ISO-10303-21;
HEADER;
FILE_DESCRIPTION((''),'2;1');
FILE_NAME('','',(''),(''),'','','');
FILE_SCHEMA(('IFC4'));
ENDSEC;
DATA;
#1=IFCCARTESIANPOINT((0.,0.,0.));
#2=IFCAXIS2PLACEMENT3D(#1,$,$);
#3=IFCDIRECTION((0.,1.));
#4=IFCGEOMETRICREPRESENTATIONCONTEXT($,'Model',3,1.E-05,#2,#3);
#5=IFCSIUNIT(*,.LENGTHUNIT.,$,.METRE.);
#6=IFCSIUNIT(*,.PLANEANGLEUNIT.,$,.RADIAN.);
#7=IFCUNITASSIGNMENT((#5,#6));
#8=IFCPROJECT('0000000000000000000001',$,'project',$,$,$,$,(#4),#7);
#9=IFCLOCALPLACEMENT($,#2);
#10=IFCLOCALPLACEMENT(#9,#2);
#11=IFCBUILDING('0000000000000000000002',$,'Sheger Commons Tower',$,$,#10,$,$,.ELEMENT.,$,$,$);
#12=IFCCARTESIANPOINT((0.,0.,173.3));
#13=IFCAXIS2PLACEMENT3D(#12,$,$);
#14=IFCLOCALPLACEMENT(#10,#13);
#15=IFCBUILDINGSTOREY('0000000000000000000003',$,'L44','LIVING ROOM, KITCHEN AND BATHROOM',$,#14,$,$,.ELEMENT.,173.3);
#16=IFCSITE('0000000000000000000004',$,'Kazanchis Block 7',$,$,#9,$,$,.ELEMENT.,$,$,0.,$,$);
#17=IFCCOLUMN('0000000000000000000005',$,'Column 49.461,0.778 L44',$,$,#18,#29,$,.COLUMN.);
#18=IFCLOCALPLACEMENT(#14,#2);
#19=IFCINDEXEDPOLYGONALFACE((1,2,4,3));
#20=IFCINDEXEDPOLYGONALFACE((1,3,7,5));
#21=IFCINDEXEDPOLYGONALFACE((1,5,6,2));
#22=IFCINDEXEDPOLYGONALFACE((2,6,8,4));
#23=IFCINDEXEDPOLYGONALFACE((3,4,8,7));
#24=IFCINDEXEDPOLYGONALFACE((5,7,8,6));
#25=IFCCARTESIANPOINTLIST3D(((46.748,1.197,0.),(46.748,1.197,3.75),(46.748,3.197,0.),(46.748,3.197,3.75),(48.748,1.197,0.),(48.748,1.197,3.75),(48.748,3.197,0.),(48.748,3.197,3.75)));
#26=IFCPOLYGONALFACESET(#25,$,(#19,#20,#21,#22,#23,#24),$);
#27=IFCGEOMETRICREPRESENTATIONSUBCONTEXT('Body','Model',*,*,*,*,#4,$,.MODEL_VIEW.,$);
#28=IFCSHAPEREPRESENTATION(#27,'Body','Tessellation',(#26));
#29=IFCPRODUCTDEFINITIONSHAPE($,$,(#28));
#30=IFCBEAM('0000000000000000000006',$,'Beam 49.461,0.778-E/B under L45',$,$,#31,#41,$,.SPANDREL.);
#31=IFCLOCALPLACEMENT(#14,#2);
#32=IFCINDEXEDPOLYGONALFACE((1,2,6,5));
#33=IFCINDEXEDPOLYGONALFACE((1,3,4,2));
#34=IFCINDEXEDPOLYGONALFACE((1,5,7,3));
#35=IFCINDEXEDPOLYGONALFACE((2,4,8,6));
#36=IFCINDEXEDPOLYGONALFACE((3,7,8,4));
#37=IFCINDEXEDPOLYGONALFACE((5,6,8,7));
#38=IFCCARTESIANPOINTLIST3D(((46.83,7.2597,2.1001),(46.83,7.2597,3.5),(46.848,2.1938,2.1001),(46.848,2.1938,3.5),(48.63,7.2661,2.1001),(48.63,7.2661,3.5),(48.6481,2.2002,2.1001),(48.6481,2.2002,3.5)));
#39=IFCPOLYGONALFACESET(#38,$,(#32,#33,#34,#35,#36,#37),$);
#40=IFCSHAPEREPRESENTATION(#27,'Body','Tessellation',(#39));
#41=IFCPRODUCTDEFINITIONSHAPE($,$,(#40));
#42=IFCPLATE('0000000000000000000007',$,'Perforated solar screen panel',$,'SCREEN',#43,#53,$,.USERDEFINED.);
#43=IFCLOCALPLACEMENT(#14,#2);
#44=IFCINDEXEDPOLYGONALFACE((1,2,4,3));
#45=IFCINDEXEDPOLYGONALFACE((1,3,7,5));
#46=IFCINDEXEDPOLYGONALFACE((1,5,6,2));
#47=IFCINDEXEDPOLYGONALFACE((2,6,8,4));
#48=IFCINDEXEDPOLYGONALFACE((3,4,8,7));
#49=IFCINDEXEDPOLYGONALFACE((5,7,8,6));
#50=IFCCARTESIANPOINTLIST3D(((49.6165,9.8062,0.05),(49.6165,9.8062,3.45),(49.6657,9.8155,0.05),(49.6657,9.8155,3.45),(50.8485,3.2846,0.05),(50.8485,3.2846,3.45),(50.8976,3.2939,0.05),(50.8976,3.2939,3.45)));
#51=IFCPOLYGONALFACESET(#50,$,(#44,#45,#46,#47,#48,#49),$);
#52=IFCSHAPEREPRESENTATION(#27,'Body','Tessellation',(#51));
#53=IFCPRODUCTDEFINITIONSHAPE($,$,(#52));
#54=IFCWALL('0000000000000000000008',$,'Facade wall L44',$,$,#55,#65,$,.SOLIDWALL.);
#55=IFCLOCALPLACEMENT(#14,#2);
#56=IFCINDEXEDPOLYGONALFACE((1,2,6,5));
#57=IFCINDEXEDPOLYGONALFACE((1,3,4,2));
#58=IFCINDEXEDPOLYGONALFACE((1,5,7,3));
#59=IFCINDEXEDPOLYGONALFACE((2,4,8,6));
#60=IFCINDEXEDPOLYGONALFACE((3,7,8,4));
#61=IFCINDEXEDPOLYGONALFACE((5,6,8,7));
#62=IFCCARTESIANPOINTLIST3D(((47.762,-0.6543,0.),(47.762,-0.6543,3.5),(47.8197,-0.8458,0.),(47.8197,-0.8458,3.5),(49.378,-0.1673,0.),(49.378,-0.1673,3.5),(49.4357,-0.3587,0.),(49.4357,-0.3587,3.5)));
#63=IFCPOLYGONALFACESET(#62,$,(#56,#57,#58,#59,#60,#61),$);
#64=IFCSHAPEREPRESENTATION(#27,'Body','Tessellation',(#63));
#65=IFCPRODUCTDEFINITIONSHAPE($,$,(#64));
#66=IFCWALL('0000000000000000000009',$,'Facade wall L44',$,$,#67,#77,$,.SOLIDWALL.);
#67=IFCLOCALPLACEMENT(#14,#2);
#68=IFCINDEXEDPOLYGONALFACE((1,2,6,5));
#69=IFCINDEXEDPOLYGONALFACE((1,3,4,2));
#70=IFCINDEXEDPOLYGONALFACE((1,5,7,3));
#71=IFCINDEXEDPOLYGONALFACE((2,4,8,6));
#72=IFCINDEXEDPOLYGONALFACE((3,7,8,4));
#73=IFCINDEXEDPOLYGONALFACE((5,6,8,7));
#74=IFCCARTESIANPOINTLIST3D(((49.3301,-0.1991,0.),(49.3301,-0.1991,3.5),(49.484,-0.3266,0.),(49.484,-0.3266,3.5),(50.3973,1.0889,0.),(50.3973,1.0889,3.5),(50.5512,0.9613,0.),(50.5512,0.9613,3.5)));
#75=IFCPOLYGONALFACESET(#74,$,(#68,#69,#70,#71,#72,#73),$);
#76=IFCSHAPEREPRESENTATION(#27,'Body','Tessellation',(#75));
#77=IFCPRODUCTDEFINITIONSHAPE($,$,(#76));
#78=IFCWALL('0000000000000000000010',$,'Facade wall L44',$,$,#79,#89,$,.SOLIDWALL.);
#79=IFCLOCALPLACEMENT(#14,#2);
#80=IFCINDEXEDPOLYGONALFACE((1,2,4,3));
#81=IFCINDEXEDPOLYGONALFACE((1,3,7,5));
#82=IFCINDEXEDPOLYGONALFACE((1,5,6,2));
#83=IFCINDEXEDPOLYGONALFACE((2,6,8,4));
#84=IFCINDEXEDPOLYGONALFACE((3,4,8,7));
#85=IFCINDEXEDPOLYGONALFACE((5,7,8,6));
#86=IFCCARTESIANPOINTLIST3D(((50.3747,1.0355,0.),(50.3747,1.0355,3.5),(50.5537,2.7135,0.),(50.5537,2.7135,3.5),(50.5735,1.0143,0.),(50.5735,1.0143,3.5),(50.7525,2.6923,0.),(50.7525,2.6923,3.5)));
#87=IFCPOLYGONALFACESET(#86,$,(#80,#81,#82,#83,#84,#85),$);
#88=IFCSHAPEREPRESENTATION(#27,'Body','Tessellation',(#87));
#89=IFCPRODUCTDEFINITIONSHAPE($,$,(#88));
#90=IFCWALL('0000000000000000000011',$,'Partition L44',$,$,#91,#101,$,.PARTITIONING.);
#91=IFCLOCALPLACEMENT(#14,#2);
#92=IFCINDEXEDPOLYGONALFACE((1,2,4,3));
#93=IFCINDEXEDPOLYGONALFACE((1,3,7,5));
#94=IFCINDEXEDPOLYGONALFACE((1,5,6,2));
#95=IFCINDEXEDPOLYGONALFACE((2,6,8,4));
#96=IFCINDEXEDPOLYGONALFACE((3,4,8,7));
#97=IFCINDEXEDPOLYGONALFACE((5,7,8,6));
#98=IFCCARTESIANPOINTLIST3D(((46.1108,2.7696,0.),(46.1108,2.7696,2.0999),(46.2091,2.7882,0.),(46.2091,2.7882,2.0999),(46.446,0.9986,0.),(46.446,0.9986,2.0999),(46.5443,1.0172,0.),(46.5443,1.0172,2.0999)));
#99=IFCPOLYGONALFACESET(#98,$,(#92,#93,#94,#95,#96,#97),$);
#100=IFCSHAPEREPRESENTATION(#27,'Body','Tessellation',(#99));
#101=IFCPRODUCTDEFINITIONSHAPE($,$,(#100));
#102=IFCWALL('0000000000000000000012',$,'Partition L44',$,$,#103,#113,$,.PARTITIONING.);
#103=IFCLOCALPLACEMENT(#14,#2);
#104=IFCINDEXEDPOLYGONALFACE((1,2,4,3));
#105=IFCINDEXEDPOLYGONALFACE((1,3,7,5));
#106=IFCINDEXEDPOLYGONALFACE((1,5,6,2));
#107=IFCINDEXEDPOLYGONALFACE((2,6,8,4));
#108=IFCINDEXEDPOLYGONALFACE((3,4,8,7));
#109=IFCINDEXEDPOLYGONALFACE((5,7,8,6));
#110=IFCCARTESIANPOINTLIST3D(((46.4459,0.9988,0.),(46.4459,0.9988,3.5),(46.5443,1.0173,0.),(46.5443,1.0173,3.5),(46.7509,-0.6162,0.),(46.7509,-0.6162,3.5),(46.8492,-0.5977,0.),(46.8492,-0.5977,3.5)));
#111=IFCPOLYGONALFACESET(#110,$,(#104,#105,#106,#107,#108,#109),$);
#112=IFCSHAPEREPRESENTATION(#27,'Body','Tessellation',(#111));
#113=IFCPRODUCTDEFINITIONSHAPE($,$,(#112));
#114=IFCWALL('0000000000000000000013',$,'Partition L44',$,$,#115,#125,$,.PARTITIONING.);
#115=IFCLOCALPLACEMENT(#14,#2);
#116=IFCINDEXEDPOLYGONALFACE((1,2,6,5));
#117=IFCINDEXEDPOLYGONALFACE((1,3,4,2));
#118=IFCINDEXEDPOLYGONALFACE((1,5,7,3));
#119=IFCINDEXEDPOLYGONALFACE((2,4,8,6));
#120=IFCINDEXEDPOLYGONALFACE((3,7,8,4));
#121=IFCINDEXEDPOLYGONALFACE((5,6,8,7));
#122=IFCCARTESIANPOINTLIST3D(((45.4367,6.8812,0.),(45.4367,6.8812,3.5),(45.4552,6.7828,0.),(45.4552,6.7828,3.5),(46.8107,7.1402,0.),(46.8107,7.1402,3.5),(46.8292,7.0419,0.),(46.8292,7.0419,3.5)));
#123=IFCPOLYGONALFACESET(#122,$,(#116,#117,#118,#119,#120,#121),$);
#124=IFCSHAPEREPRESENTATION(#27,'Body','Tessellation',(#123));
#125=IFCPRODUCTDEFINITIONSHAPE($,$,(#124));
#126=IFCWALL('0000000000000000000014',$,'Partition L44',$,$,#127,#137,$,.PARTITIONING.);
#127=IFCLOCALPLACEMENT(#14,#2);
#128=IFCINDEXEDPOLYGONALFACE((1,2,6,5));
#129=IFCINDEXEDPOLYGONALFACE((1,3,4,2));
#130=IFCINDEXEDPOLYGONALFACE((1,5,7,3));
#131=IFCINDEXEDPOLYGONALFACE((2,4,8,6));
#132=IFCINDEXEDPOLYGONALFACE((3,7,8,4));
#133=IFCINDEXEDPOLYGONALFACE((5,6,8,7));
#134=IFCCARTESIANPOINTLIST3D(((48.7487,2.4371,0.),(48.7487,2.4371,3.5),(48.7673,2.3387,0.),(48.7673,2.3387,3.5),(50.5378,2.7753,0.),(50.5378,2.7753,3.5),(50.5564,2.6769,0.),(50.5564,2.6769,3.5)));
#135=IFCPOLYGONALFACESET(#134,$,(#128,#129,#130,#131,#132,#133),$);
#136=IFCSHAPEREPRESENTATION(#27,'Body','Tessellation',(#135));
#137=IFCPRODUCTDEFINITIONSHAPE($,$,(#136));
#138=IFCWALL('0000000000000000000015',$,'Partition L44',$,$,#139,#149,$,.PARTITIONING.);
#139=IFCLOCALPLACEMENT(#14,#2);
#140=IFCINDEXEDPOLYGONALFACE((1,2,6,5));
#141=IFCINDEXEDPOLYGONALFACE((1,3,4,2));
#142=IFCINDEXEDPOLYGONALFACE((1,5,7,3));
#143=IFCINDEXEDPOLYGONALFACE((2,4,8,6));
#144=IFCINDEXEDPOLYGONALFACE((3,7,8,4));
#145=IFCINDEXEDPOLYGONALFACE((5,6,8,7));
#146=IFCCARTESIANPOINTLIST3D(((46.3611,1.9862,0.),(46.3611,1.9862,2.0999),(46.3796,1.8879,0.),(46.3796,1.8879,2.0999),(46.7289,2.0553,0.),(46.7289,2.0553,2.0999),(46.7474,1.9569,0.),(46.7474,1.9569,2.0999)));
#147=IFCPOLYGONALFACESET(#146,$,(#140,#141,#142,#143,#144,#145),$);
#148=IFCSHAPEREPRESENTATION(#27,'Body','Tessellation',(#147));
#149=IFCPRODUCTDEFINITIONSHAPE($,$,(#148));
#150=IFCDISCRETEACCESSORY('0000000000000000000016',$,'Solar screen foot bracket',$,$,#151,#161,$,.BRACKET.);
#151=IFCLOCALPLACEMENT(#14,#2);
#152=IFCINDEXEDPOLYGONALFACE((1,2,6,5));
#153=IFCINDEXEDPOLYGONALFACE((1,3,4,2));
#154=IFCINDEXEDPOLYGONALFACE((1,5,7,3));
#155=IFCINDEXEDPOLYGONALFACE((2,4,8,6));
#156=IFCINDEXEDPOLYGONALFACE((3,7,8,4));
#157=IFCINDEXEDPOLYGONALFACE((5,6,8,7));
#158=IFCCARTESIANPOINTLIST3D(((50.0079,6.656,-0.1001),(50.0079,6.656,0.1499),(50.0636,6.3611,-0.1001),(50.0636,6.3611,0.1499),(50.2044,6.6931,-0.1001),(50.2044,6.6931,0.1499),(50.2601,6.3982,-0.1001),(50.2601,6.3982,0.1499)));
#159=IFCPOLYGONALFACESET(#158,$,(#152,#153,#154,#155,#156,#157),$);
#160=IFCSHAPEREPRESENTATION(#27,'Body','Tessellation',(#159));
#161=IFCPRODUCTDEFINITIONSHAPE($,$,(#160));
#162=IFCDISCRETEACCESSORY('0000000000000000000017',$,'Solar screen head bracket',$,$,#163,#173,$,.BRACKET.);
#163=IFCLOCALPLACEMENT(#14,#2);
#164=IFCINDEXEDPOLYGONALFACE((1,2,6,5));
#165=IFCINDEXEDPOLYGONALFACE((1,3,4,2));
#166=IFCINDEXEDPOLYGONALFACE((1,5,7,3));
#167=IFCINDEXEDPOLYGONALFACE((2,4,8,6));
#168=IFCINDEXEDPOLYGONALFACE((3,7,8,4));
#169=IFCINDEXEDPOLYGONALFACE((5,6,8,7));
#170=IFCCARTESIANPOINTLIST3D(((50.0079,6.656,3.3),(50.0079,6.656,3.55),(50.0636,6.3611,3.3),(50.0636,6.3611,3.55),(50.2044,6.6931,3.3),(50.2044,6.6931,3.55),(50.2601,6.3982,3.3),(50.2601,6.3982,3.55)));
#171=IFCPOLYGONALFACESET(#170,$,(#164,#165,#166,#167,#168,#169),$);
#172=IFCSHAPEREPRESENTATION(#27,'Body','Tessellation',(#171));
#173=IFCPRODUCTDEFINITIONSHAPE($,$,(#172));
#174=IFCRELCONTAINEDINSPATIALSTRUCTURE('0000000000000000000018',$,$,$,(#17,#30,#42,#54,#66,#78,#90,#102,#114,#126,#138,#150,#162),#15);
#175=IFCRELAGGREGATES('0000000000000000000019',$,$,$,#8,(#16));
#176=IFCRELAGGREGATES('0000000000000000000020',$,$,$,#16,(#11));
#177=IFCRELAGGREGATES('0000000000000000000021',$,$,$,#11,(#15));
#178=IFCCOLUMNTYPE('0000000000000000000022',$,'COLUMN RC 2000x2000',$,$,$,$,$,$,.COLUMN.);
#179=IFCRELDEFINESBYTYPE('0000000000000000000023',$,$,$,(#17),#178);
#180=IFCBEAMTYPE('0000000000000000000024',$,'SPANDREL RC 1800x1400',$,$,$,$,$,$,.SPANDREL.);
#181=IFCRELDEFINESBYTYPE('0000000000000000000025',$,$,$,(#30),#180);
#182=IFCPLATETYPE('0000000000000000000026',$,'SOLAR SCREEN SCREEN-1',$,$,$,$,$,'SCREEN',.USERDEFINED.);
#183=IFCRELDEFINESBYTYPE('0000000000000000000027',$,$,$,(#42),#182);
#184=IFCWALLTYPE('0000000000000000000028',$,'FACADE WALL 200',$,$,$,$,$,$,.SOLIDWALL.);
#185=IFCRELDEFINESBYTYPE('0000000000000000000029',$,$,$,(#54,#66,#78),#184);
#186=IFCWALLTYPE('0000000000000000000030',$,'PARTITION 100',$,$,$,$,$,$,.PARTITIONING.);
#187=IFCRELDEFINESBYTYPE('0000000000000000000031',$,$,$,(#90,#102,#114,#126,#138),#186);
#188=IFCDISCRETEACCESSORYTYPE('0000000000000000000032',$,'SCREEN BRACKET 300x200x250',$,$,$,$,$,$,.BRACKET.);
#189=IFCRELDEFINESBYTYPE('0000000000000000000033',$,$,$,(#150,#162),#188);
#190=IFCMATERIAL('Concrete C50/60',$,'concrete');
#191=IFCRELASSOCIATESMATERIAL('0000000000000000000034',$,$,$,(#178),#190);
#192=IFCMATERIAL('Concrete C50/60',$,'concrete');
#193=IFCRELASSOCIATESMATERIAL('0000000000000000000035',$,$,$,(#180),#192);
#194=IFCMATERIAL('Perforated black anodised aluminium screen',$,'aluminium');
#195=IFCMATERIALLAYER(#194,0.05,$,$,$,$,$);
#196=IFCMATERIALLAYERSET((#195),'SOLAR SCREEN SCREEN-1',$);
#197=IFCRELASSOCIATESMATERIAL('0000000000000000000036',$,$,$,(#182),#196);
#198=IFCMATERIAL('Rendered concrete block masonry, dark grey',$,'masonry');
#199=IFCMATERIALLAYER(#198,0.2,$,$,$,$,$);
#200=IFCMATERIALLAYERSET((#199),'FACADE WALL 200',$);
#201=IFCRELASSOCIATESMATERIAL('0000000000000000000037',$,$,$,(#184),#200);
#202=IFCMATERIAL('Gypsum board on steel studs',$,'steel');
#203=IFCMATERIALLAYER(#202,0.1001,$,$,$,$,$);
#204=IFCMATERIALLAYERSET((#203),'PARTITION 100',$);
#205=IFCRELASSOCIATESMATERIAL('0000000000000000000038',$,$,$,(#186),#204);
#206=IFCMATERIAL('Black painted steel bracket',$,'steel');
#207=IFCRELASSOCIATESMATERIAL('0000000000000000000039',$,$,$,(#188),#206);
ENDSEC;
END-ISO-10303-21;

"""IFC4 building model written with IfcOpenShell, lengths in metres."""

from ifc_helpers import new_model, si_unit, direction, frame, frame_2d, origin, origin_2d, place, context, subcontext, project, spatial, rectangle, extrude, material, layer, layer_set, material_profile, profile_set, type_object, element, save


model = new_model("IFC4")

# Units and contexts
model_context = context("Model", 3, precision=1e-05, world=origin(), true_north=direction((0.0, 1.0)))
body_context = subcontext(model_context, "Body", "Model", "MODEL_VIEW")
ifc_project = project(units=[si_unit("LENGTHUNIT", "METRE"), si_unit("PLANEANGLEUNIT", "RADIAN")], contexts=[model_context])

# Site, building, storey
site_placement = place(None, origin())
site = spatial("IfcSite", under=ifc_project, at=site_placement, Name="Kazanchis Block 7", CompositionType="ELEMENT", RefElevation=0.0)
building_placement = place(site_placement, origin())
building = spatial("IfcBuilding", under=site, at=building_placement, Name="Sheger Commons Tower", CompositionType="ELEMENT")
storey_placement = place(building_placement, frame((0.0, 0.0, 173.3)))
storey = spatial("IfcBuildingStorey", under=building, at=storey_placement, Name="L44", Description="LIVING ROOM, KITCHEN AND BATHROOM", CompositionType="ELEMENT", Elevation=173.3)

# Column
ifc_material_1 = material(Name="Concrete C50/60", Category="concrete")
ifc_material_profile_1 = material_profile(ifc_material_1, rectangle(XDim=2.0, YDim=2.0, at=origin_2d()), Name="RC 2000x2000")
ifc_profile_set_1 = profile_set([ifc_material_profile_1], Name="Concrete C50/60")
column_type = type_object("IfcColumnType", Name="COLUMN RC 2000x2000", PredefinedType="COLUMN", material=ifc_profile_set_1)
column_placement = place(storey_placement, frame((47.748, 2.197, 0.0), z_axis=(0.0, 0.0, 1.0), x_axis=(1.0, 0.0, 0.0)))
element("IfcColumn", 1, at=column_placement, inside=storey, type_object=column_type, Name="Column 49.461,0.778 L44", PredefinedType="COLUMN", context=body_context, shape_type="SweptSolid", body=[
    extrude(rectangle(XDim=2.0, YDim=2.0, at=origin_2d()), origin(), (0.0, 0.0, 1.0), 3.75),
])

# Beam
ifc_material_2 = material(Name="Concrete C50/60", Category="concrete")
ifc_material_profile_2 = material_profile(ifc_material_2, rectangle(XDim=1.8, YDim=1.3999, at=origin_2d()), Name="RC 1800x1400")
ifc_profile_set_2 = profile_set([ifc_material_profile_2], Name="Concrete C50/60")
beam_type = type_object("IfcBeamType", Name="SPANDREL RC 1800x1400", PredefinedType="SPANDREL", material=ifc_profile_set_2)
beam_placement = place(storey_placement, frame((47.748, 2.197, 2.8), z_axis=(-0.003566, 0.999994, 0.0), x_axis=(-0.999994, -0.003566, 0.0)))
element("IfcBeam", 2, at=beam_placement, inside=storey, type_object=beam_type, Name="Beam 49.461,0.778-E/B under L45", PredefinedType="SPANDREL", context=body_context, shape_type="SweptSolid", body=[
    extrude(rectangle(XDim=1.8, YDim=1.3999, at=origin_2d()), origin(), (0.0, 0.0, 1.0), 5.0659),
])

# Plate
ifc_material_3 = material(Name="Perforated black anodised aluminium screen", Category="aluminium")
ifc_layer_1 = layer(ifc_material_3, 0.05)
ifc_layer_set_1 = layer_set([ifc_layer_1], Name="SOLAR SCREEN SCREEN-1")
plate_type = type_object("IfcPlateType", Name="SOLAR SCREEN SCREEN-1", ElementType="SCREEN", PredefinedType="USERDEFINED", material=ifc_layer_set_1)
plate_placement = place(storey_placement, frame((50.2571, 6.55, 0.05), z_axis=(0.0, 0.0, 1.0), x_axis=(-0.185615, 0.982623, 0.0)))
element("IfcPlate", 3, at=plate_placement, inside=storey, type_object=plate_type, Name="Perforated solar screen panel", ObjectType="SCREEN", PredefinedType="USERDEFINED", context=body_context, shape_type="SweptSolid", body=[
    extrude(rectangle(XDim=6.637, YDim=0.05, at=origin_2d()), origin(), (0.0, 0.0, 1.0), 3.3999),
])

# Walls
ifc_material_4 = material(Name="Rendered concrete block masonry, dark grey", Category="masonry")
ifc_layer_2 = layer(ifc_material_4, 0.2)
ifc_layer_set_2 = layer_set([ifc_layer_2], Name="FACADE WALL 200")
wall_type_1 = type_object("IfcWallType", Name="FACADE WALL 200", PredefinedType="SOLIDWALL", material=ifc_layer_set_2)
wall_1_placement = place(storey_placement, frame((47.791, -0.75, 0.0), z_axis=(0.0, 0.0, 1.0), x_axis=(0.957455, 0.288582, 0.0)))
element("IfcWall", 4, at=wall_1_placement, inside=storey, type_object=wall_type_1, Name="Facade wall L44", PredefinedType="SOLIDWALL", context=body_context, shape_type="SweptSolid", body=[
    extrude(rectangle(XDim=1.6877, YDim=0.2, at=frame_2d((0.8438, 0.0))), origin(), (0.0, 0.0, 1.0), 3.5),
])
wall_2_placement = place(storey_placement, frame((49.407, -0.2629, 0.0), z_axis=(0.0, 0.0, 1.0), x_axis=(0.638043, 0.770001, 0.0)))
element("IfcWall", 5, at=wall_2_placement, inside=storey, type_object=wall_type_1, Name="Facade wall L44", PredefinedType="SOLIDWALL", context=body_context, shape_type="SweptSolid", body=[
    extrude(rectangle(XDim=1.6726, YDim=0.2, at=frame_2d((0.8364, 0.0))), origin(), (0.0, 0.0, 1.0), 3.5),
])
wall_3_placement = place(storey_placement, frame((50.4741, 1.0249, 0.0), z_axis=(0.0, 0.0, 1.0), x_axis=(0.106048, 0.994361, 0.0)))
element("IfcWall", 6, at=wall_3_placement, inside=storey, type_object=wall_type_1, Name="Facade wall L44", PredefinedType="SOLIDWALL", context=body_context, shape_type="SweptSolid", body=[
    extrude(rectangle(XDim=1.6875, YDim=0.2, at=frame_2d((0.8438, 0.0))), origin(), (0.0, 0.0, 1.0), 3.5),
])

# Walls
ifc_material_5 = material(Name="Gypsum board on steel studs", Category="steel")
ifc_layer_3 = layer(ifc_material_5, 0.1001)
ifc_layer_set_3 = layer_set([ifc_layer_3], Name="PARTITION 100")
wall_type_2 = type_object("IfcWallType", Name="PARTITION 100", PredefinedType="PARTITIONING", material=ifc_layer_set_3)
wall_4_placement = place(storey_placement, frame((46.1599, 2.7791, 0.0), z_axis=(0.0, 0.0, 1.0), x_axis=(0.185973, -0.982555, 0.0)))
element("IfcWall", 7, at=wall_4_placement, inside=storey, type_object=wall_type_2, Name="Partition L44", PredefinedType="PARTITIONING", context=body_context, shape_type="SweptSolid", body=[
    extrude(rectangle(XDim=1.8025, YDim=0.1001, at=frame_2d((0.9014, 0.0))), origin(), (0.0, 0.0, 1.0), 2.0999),
])
wall_5_placement = place(storey_placement, frame((46.4951, 1.0081, 0.0), z_axis=(0.0, 0.0, 1.0), x_axis=(0.185535, -0.982638, 0.0)))
element("IfcWall", 8, at=wall_5_placement, inside=storey, type_object=wall_type_2, Name="Partition L44", PredefinedType="PARTITIONING", context=body_context, shape_type="SweptSolid", body=[
    extrude(rectangle(XDim=1.6436, YDim=0.1001, at=frame_2d((0.8218, 0.0))), origin(), (0.0, 0.0, 1.0), 3.5),
])
wall_6_placement = place(storey_placement, frame((46.8201, 7.0911, 0.0), z_axis=(0.0, 0.0, 1.0), x_axis=(-0.98269, -0.185258, 0.0)))
element("IfcWall", 9, at=wall_6_placement, inside=storey, type_object=wall_type_2, Name="Partition L44", PredefinedType="PARTITIONING", context=body_context, shape_type="SweptSolid", body=[
    extrude(rectangle(XDim=1.3982, YDim=0.1001, at=frame_2d((0.6992, 0.0))), origin(), (0.0, 0.0, 1.0), 3.5),
])
wall_7_placement = place(storey_placement, frame((50.5471, 2.7261, 0.0), z_axis=(0.0, 0.0, 1.0), x_axis=(-0.982604, -0.185713, 0.0)))
element("IfcWall", 10, at=wall_7_placement, inside=storey, type_object=wall_type_2, Name="Partition L44", PredefinedType="PARTITIONING", context=body_context, shape_type="SweptSolid", body=[
    extrude(rectangle(XDim=1.8208, YDim=0.1001, at=frame_2d((0.9104, 0.0))), origin(), (0.0, 0.0, 1.0), 3.5),
])
wall_8_placement = place(storey_placement, frame((46.738, 2.0061, 0.0), z_axis=(0.0, 0.0, 1.0), x_axis=(-0.98282, -0.184564, 0.0)))
element("IfcWall", 11, at=wall_8_placement, inside=storey, type_object=wall_type_2, Name="Partition L44", PredefinedType="PARTITIONING", context=body_context, shape_type="SweptSolid", body=[
    extrude(rectangle(XDim=0.3743, YDim=0.1001, at=frame_2d((0.187, 0.0))), origin(), (0.0, 0.0, 1.0), 2.0999),
])

# Discrete accessories
ifc_material_6 = material(Name="Black painted steel bracket", Category="steel")
discrete_accessory_type = type_object("IfcDiscreteAccessoryType", Name="SCREEN BRACKET 300x200x250", PredefinedType="BRACKET", material=ifc_material_6)
for number, where, z_axis, x_axis, name in (
    (12, (50.134, 6.5271, -0.1001), (0.0, 0.0, 1.0), (-0.185615, 0.982623, 0.0), "Solar screen foot bracket"),
    (13, (50.134, 6.5271, 3.3), (0.0, 0.0, 1.0), (-0.185615, 0.982623, 0.0), "Solar screen head bracket"),
):
    element("IfcDiscreteAccessory", number, at=place(storey_placement, frame(where, z_axis=z_axis, x_axis=x_axis)), inside=storey, type_object=discrete_accessory_type, Name=name, PredefinedType="BRACKET", context=body_context, shape_type="SweptSolid", body=[
        extrude(rectangle(XDim=0.3, YDim=0.2, at=origin_2d()), origin(), (0.0, 0.0, 1.0), 0.25),
    ])

save(model, "model.ifc")
